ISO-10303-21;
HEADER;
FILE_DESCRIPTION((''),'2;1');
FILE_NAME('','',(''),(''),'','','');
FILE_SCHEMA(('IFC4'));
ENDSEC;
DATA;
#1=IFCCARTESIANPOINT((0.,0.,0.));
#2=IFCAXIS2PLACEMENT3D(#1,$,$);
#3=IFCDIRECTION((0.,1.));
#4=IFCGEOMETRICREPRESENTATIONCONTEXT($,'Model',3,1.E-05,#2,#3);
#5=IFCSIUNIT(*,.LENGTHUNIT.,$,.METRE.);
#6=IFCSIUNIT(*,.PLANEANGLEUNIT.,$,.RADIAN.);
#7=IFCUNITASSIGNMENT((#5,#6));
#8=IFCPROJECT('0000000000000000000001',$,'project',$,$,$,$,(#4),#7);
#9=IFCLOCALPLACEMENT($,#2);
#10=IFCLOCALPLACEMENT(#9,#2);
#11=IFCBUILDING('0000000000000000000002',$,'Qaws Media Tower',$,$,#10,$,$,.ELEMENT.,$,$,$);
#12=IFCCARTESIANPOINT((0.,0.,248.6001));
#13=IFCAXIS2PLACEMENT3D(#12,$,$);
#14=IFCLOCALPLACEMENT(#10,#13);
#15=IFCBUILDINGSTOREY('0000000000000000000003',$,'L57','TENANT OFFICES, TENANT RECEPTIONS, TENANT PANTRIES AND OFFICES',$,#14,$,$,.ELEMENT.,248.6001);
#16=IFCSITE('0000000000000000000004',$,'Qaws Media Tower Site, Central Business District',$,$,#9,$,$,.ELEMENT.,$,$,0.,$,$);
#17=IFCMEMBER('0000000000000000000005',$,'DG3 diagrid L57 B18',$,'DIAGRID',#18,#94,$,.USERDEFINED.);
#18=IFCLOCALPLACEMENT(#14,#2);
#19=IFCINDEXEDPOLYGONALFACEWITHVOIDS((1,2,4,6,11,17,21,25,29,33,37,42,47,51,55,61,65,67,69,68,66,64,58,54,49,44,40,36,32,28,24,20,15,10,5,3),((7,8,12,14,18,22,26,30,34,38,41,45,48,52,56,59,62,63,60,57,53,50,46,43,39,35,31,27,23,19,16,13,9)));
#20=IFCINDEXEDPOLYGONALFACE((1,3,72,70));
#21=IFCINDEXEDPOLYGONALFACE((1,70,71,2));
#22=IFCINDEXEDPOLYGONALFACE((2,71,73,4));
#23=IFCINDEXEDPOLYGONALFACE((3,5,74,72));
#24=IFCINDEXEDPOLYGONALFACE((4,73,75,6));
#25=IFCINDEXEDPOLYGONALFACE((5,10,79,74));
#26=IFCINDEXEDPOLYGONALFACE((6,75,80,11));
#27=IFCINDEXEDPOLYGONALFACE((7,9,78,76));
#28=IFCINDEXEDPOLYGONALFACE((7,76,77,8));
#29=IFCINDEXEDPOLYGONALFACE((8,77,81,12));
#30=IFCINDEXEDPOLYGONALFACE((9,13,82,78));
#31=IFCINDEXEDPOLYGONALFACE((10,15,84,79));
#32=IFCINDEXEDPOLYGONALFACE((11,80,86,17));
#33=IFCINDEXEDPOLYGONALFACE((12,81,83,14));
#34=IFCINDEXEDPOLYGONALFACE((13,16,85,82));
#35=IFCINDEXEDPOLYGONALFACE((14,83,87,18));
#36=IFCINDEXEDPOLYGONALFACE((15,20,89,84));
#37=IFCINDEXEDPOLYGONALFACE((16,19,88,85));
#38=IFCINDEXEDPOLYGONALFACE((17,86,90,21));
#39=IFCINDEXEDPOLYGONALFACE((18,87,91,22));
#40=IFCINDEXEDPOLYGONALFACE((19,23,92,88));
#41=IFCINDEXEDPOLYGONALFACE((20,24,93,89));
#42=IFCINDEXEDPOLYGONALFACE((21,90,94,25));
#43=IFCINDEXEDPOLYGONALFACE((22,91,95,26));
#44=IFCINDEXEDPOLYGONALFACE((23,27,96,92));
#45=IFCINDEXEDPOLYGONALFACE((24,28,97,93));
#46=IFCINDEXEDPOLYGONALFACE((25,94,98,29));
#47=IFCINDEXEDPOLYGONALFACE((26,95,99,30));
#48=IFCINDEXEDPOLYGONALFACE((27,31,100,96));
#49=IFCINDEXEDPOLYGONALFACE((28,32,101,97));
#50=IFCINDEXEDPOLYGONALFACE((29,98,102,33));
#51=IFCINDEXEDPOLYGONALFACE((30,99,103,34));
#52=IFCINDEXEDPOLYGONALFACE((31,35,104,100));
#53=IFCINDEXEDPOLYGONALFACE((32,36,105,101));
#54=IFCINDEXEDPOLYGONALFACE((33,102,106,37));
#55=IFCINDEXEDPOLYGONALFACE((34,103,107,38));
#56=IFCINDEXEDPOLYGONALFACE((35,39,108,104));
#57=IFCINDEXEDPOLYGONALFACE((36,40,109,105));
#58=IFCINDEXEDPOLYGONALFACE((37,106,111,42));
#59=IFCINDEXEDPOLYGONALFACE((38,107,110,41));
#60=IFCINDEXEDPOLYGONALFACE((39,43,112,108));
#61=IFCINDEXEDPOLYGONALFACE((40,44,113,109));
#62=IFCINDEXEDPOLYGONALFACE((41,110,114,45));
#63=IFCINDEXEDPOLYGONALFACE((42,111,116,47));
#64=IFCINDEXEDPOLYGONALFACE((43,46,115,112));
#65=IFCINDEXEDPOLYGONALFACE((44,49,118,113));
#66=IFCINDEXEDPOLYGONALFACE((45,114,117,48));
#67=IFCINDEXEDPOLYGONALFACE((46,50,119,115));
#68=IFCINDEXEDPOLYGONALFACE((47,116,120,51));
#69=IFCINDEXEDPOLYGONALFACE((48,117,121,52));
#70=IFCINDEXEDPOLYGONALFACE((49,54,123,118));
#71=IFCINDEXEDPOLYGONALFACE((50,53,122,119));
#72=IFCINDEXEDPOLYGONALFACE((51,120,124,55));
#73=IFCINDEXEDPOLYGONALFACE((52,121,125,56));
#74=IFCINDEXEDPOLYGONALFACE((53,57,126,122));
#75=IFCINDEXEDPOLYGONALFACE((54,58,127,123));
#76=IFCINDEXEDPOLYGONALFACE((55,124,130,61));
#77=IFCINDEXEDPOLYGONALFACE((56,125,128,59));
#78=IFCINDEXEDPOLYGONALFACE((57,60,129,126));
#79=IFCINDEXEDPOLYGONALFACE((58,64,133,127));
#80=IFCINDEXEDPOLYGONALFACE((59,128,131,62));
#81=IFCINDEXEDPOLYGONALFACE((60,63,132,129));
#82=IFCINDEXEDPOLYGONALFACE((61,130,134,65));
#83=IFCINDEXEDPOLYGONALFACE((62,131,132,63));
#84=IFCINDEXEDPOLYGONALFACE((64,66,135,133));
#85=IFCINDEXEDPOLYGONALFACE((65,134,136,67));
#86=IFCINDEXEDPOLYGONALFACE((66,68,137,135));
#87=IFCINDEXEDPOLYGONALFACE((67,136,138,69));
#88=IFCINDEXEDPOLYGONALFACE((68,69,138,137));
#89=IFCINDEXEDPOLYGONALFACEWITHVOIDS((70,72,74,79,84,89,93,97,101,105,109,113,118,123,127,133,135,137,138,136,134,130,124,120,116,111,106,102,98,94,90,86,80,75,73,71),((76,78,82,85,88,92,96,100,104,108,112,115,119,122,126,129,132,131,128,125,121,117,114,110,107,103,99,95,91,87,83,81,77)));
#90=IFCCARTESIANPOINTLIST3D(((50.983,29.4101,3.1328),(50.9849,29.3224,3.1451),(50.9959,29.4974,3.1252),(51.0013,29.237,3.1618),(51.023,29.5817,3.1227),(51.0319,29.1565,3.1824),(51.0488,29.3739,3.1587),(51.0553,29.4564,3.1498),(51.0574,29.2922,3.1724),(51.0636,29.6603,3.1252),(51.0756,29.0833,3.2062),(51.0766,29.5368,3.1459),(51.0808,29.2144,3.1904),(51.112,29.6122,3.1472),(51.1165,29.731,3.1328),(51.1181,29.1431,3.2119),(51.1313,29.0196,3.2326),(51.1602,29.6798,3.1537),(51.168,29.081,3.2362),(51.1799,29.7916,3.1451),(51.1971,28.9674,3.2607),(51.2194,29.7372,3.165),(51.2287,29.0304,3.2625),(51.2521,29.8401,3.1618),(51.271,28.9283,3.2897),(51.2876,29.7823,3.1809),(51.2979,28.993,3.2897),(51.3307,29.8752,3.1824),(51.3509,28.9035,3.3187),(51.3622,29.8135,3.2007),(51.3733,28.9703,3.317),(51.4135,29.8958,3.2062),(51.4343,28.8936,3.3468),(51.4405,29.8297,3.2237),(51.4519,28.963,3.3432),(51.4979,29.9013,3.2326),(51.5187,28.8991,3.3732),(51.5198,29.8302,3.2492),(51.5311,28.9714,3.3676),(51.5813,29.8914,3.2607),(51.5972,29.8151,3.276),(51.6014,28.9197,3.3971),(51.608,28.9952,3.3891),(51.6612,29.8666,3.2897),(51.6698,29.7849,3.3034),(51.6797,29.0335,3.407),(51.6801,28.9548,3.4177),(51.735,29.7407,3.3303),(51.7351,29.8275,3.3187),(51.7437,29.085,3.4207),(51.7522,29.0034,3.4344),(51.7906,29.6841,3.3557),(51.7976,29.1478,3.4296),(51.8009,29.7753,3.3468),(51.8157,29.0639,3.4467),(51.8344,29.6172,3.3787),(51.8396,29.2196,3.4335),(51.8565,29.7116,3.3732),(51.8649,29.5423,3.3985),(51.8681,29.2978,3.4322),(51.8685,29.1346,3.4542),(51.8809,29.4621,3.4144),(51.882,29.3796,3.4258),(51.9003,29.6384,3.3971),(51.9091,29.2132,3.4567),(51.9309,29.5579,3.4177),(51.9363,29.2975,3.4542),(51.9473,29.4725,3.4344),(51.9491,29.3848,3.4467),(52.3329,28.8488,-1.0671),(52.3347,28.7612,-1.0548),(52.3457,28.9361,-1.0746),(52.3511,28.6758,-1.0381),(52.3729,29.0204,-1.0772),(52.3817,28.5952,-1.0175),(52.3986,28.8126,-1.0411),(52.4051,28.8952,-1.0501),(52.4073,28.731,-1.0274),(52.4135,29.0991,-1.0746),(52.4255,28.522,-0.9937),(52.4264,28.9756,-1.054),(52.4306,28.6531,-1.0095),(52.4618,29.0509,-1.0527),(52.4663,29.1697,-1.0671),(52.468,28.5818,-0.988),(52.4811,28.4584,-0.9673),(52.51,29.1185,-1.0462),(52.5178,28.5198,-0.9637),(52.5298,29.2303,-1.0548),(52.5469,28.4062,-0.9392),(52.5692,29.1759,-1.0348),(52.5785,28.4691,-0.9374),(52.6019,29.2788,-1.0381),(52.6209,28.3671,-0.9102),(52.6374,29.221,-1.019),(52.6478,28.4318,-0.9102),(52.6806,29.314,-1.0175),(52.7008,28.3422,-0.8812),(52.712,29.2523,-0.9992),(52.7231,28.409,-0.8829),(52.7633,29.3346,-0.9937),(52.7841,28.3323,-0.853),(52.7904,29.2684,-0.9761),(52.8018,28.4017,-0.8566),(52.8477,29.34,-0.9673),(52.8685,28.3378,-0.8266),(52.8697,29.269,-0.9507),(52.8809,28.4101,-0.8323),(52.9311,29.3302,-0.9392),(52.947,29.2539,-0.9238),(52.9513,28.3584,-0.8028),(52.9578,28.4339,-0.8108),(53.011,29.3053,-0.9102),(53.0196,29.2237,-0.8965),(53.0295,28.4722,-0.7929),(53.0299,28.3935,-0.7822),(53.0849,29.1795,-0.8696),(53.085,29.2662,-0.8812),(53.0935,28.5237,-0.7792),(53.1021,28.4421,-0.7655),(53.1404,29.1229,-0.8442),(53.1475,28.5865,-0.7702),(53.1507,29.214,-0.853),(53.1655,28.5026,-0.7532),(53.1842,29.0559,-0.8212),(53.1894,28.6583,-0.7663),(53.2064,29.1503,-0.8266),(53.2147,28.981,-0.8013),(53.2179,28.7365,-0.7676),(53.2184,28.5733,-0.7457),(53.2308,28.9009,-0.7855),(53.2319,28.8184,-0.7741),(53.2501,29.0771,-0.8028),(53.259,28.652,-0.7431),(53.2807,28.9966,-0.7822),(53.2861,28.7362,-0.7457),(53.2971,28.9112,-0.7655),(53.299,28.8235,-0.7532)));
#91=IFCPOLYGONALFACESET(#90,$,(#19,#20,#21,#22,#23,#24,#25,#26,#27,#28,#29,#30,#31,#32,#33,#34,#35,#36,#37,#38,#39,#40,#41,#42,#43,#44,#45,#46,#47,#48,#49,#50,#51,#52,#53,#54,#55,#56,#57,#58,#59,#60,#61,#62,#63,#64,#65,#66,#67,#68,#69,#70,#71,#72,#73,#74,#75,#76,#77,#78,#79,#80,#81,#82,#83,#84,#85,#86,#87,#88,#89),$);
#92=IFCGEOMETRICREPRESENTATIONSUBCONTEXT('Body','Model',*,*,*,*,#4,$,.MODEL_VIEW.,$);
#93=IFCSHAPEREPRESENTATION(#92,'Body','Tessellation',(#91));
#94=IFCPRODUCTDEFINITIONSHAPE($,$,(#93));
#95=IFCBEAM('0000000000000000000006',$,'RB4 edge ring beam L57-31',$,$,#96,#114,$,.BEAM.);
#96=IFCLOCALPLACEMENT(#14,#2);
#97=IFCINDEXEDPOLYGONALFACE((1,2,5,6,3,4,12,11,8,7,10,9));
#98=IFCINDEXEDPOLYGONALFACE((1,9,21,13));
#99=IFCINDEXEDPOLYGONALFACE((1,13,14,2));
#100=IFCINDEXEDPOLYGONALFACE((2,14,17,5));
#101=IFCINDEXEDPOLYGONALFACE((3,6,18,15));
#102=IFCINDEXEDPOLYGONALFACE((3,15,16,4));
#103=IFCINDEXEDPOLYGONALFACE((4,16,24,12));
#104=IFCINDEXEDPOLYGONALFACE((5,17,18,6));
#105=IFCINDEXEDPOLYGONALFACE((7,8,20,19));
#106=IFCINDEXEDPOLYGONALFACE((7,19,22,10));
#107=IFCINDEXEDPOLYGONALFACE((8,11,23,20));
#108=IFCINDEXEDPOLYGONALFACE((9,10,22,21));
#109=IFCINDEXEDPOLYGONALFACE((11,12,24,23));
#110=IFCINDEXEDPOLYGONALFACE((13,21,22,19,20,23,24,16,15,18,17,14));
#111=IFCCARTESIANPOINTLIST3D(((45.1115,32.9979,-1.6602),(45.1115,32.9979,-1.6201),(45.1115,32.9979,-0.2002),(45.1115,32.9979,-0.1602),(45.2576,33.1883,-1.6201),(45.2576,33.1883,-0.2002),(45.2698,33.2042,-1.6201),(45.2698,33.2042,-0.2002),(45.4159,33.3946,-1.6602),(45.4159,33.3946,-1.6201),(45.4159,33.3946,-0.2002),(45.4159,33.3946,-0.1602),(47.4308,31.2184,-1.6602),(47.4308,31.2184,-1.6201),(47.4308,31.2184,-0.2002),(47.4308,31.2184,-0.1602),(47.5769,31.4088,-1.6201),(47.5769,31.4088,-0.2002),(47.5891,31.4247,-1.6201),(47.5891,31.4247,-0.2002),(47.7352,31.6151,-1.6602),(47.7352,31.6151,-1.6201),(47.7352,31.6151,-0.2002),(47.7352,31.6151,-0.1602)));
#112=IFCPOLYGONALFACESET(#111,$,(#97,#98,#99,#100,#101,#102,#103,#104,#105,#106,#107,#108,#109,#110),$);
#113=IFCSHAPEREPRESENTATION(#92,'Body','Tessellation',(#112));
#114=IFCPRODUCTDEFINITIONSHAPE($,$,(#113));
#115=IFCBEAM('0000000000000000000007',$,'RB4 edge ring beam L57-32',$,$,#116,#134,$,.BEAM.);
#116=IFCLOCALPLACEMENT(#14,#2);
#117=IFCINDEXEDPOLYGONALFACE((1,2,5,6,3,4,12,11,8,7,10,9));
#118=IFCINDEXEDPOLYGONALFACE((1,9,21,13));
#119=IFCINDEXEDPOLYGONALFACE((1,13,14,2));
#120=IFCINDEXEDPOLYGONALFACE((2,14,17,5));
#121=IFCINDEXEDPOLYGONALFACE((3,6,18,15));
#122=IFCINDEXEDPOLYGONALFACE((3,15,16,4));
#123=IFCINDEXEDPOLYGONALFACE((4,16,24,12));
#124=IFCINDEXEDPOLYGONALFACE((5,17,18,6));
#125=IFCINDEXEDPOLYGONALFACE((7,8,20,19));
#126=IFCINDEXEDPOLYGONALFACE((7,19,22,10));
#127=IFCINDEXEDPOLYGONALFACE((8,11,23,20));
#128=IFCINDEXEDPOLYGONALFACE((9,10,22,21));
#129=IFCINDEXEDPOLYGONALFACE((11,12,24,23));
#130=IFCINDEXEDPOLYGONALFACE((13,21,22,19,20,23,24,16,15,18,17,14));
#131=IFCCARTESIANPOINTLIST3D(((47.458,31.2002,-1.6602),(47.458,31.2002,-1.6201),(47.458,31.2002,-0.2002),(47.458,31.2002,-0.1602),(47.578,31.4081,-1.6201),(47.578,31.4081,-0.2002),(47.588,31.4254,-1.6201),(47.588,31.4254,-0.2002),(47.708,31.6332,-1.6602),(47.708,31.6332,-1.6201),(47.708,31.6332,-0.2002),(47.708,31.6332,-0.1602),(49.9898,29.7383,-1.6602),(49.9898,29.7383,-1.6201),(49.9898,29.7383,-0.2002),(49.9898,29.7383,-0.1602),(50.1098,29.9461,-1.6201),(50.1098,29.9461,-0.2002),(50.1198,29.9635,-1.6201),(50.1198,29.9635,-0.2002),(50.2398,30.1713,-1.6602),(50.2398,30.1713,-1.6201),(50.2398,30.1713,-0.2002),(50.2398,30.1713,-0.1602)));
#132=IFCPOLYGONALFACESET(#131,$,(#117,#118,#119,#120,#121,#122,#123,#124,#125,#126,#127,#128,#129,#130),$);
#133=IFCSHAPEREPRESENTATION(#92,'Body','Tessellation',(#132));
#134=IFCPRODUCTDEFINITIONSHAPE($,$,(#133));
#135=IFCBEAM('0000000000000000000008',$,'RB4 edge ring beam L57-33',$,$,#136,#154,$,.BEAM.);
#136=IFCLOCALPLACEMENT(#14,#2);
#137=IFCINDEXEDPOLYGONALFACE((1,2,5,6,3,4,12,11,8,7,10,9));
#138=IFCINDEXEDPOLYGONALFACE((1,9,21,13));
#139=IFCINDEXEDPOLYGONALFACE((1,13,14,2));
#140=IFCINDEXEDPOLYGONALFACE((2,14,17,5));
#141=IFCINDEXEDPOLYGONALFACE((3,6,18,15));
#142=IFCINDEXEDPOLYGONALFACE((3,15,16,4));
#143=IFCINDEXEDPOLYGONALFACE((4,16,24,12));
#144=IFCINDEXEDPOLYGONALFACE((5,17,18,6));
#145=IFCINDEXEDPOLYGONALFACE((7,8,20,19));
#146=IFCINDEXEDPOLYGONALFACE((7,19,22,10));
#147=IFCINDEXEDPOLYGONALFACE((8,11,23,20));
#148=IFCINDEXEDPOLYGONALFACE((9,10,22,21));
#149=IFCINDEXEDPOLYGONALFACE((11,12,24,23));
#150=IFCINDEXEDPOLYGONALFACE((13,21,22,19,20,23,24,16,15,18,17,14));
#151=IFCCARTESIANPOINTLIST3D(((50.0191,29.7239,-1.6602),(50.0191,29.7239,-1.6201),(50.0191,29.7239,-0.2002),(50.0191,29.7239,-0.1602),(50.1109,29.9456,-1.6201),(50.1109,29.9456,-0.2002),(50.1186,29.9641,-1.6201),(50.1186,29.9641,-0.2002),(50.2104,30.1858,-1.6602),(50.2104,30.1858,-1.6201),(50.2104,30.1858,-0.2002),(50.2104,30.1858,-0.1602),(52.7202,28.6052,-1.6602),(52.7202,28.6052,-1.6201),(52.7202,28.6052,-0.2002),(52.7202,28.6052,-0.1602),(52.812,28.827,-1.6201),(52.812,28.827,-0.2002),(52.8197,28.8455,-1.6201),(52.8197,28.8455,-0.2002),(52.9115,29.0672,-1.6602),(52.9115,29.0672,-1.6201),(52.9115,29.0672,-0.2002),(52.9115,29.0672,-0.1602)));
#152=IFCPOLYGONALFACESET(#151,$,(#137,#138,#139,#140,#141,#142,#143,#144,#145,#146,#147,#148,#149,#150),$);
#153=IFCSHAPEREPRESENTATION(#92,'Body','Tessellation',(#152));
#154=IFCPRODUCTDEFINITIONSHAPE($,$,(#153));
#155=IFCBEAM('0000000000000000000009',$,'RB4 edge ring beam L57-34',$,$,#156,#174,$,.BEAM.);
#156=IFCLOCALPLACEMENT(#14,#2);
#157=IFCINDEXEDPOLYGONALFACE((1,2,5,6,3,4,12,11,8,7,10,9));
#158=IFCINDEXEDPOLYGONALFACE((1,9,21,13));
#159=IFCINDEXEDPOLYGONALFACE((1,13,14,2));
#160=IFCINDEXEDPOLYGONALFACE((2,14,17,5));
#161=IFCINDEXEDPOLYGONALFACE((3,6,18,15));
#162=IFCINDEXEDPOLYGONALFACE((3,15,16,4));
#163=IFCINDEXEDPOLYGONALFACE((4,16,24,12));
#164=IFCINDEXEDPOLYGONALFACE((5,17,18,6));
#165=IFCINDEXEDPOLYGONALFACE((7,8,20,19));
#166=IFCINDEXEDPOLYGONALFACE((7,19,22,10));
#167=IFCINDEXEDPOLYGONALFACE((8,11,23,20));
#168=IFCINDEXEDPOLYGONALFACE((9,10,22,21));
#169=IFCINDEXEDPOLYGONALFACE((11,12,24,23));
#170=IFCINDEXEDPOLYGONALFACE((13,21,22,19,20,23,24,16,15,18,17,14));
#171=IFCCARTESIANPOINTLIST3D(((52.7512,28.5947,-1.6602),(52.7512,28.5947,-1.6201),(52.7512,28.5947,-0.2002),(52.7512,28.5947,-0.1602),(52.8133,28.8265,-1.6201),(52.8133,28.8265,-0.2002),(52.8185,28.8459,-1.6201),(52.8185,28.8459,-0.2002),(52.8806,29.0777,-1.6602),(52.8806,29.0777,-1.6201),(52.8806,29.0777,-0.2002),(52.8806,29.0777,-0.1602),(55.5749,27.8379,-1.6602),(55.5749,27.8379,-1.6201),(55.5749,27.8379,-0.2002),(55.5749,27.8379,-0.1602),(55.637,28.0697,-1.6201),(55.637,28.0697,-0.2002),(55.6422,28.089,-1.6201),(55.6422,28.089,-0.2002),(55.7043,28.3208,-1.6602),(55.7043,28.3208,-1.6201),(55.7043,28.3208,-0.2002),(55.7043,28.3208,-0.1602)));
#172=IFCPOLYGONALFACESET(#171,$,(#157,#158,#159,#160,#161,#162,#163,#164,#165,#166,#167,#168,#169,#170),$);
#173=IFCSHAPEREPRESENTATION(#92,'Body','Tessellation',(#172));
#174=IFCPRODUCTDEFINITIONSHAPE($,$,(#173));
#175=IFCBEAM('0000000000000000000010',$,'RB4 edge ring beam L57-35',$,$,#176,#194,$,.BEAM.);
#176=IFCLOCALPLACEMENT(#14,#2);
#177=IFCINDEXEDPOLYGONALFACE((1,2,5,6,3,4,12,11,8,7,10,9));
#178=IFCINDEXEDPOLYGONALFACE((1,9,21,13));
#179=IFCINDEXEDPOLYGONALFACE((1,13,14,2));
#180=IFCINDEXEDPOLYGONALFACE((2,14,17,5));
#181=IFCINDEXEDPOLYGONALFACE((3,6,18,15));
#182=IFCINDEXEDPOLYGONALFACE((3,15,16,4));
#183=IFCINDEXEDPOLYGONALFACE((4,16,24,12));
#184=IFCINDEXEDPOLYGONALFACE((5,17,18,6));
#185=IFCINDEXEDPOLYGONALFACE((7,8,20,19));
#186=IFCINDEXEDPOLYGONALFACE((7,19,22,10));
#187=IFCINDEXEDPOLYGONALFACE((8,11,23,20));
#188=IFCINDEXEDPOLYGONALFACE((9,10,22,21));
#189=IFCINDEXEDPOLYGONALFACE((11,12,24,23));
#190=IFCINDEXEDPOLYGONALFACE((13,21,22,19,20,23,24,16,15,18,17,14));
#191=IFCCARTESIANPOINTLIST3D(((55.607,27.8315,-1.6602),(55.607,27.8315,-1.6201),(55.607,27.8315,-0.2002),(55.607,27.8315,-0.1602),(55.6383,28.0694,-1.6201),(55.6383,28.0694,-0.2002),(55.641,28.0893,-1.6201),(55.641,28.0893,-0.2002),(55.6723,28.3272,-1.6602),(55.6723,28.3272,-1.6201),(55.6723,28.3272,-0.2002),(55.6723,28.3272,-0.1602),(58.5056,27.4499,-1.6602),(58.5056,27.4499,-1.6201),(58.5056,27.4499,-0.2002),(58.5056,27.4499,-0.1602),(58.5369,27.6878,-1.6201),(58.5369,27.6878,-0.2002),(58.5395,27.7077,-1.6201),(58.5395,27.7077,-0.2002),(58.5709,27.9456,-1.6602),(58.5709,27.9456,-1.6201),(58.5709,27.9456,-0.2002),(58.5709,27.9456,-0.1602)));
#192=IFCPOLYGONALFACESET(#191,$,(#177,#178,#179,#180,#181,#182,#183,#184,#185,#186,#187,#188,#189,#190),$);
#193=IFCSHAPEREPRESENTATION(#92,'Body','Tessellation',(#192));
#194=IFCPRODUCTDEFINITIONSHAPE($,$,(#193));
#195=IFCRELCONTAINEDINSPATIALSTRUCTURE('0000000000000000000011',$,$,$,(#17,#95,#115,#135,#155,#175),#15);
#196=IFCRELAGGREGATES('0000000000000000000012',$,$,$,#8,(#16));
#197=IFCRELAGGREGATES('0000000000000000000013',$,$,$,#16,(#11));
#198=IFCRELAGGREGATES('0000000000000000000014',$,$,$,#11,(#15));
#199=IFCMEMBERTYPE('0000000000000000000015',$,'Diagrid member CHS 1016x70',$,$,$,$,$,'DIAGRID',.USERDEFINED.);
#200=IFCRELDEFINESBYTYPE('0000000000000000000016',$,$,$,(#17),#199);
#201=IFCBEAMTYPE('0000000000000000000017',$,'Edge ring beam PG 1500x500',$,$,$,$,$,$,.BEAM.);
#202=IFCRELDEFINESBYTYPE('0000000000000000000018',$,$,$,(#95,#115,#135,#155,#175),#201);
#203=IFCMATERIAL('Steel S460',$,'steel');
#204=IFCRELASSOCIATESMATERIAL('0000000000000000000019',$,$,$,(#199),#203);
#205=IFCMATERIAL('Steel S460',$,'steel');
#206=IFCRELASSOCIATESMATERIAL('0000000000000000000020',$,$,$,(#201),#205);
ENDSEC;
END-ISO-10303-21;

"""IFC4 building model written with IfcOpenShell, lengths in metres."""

from ifc_helpers import new_model, si_unit, direction, frame, origin, origin_2d, place, context, subcontext, project, spatial, hollow_circle, i_section, extrude, material, material_profile, profile_set, type_object, element, save


model = new_model("IFC4")

# Units and contexts
model_context = context("Model", 3, precision=1e-05, world=origin(), true_north=direction((0.0, 1.0)))
body_context = subcontext(model_context, "Body", "Model", "MODEL_VIEW")
ifc_project = project(units=[si_unit("LENGTHUNIT", "METRE"), si_unit("PLANEANGLEUNIT", "RADIAN")], contexts=[model_context])

# Site, building, storey
site_placement = place(None, origin())
site = spatial("IfcSite", under=ifc_project, at=site_placement, Name="Qaws Media Tower Site, Central Business District", CompositionType="ELEMENT", RefElevation=0.0)
building_placement = place(site_placement, origin())
building = spatial("IfcBuilding", under=site, at=building_placement, Name="Qaws Media Tower", CompositionType="ELEMENT")
storey_placement = place(building_placement, frame((0.0, 0.0, 248.6001)))
storey = spatial("IfcBuildingStorey", under=building, at=storey_placement, Name="L57", Description="TENANT OFFICES, TENANT RECEPTIONS, TENANT PANTRIES AND OFFICES", CompositionType="ELEMENT", Elevation=248.6001)

# Member
ifc_material_1 = material(Name="Steel S460", Category="steel")
ifc_material_profile_1 = material_profile(ifc_material_1, hollow_circle(Radius=0.5081, WallThickness=0.0701, at=origin_2d()), Name="CHS 1016x70")
ifc_profile_set_1 = profile_set([ifc_material_profile_1], Name="Steel S460")
member_type_1 = type_object("IfcMemberType", Name="Diagrid member CHS 1016x70", ElementType="DIAGRID", PredefinedType="USERDEFINED", material=ifc_profile_set_1)
for number, where, z_axis, x_axis, name in (
    (1, (52.8159, 28.8362, -0.9102), (-0.303535, 0.126212, 0.944424), (-0.383939, -0.923358, 0.0), "DG3 diagrid L57 B18"),
):
    element("IfcMember", number, at=place(storey_placement, frame(where, z_axis=z_axis, x_axis=x_axis)), inside=storey, type_object=member_type_1, Name=name, ObjectType="DIAGRID", PredefinedType="USERDEFINED", context=body_context, shape_type="SweptSolid", body=[
        extrude(hollow_circle(Radius=0.5081, WallThickness=0.0701, at=origin_2d()), origin(), (0.0, 0.0, 1.0), 4.447),
    ])

# Beams
ifc_material_2 = material(Name="Steel S460", Category="steel")
ifc_material_profile_2 = material_profile(ifc_material_2, i_section(OverallWidth=0.5, OverallDepth=1.5, WebThickness=0.02, FlangeThickness=0.04, at=origin_2d()), Name="PG 1500x500")
ifc_profile_set_2 = profile_set([ifc_material_profile_2], Name="Steel S460")
beam_type = type_object("IfcBeamType", Name="Edge ring beam PG 1500x500", PredefinedType="BEAM", material=ifc_profile_set_2)
beam_1_placement = place(storey_placement, frame((45.2637, 33.1963, -0.9102), z_axis=(0.793378, -0.60873, 0.0), x_axis=(0.60873, 0.793378, 0.0)))
element("IfcBeam", 2, at=beam_1_placement, inside=storey, type_object=beam_type, Name="RB4 edge ring beam L57-31", PredefinedType="BEAM", context=body_context, shape_type="SweptSolid", body=[
    extrude(i_section(OverallWidth=0.5, OverallDepth=1.5, WebThickness=0.02, FlangeThickness=0.04, at=origin_2d()), origin(), (0.0, 0.0, 1.0), 2.9233),
])
for number, where, z_axis, x_axis, name in (
    (3, (47.583, 31.4167, -0.9102), (0.865994, -0.500055, 0.0), (0.500055, 0.865994, 0.0), "RB4 edge ring beam L57-32"),
    (4, (50.1147, 29.9548, -0.9102), (0.923905, -0.382622, 0.0), (0.382622, 0.923905, 0.0), "RB4 edge ring beam L57-33"),
):
    element("IfcBeam", number, at=place(storey_placement, frame(where, z_axis=z_axis, x_axis=x_axis)), inside=storey, type_object=beam_type, Name=name, PredefinedType="BEAM", context=body_context, shape_type="SweptSolid", body=[
        extrude(i_section(OverallWidth=0.5, OverallDepth=1.5, WebThickness=0.02, FlangeThickness=0.04, at=origin_2d()), origin(), (0.0, 0.0, 1.0), 2.9236),
    ])
beam_2_placement = place(storey_placement, frame((52.8159, 28.8362, -0.9102), z_axis=(0.965907, -0.258889, 0.0), x_axis=(0.258889, 0.965907, 0.0)))
element("IfcBeam", 5, at=beam_2_placement, inside=storey, type_object=beam_type, Name="RB4 edge ring beam L57-34", PredefinedType="BEAM", context=body_context, shape_type="SweptSolid", body=[
    extrude(i_section(OverallWidth=0.5, OverallDepth=1.5, WebThickness=0.02, FlangeThickness=0.04, at=origin_2d()), origin(), (0.0, 0.0, 1.0), 2.9233),
])
beam_3_placement = place(storey_placement, frame((55.6396, 28.0793, -0.9102), z_axis=(0.991446, -0.130517, 0.0), x_axis=(0.130517, 0.991446, 0.0)))
element("IfcBeam", 6, at=beam_3_placement, inside=storey, type_object=beam_type, Name="RB4 edge ring beam L57-35", PredefinedType="BEAM", context=body_context, shape_type="SweptSolid", body=[
    extrude(i_section(OverallWidth=0.5, OverallDepth=1.5, WebThickness=0.02, FlangeThickness=0.04, at=origin_2d()), origin(), (0.0, 0.0, 1.0), 2.9236),
])

save(model, "model.ifc")
